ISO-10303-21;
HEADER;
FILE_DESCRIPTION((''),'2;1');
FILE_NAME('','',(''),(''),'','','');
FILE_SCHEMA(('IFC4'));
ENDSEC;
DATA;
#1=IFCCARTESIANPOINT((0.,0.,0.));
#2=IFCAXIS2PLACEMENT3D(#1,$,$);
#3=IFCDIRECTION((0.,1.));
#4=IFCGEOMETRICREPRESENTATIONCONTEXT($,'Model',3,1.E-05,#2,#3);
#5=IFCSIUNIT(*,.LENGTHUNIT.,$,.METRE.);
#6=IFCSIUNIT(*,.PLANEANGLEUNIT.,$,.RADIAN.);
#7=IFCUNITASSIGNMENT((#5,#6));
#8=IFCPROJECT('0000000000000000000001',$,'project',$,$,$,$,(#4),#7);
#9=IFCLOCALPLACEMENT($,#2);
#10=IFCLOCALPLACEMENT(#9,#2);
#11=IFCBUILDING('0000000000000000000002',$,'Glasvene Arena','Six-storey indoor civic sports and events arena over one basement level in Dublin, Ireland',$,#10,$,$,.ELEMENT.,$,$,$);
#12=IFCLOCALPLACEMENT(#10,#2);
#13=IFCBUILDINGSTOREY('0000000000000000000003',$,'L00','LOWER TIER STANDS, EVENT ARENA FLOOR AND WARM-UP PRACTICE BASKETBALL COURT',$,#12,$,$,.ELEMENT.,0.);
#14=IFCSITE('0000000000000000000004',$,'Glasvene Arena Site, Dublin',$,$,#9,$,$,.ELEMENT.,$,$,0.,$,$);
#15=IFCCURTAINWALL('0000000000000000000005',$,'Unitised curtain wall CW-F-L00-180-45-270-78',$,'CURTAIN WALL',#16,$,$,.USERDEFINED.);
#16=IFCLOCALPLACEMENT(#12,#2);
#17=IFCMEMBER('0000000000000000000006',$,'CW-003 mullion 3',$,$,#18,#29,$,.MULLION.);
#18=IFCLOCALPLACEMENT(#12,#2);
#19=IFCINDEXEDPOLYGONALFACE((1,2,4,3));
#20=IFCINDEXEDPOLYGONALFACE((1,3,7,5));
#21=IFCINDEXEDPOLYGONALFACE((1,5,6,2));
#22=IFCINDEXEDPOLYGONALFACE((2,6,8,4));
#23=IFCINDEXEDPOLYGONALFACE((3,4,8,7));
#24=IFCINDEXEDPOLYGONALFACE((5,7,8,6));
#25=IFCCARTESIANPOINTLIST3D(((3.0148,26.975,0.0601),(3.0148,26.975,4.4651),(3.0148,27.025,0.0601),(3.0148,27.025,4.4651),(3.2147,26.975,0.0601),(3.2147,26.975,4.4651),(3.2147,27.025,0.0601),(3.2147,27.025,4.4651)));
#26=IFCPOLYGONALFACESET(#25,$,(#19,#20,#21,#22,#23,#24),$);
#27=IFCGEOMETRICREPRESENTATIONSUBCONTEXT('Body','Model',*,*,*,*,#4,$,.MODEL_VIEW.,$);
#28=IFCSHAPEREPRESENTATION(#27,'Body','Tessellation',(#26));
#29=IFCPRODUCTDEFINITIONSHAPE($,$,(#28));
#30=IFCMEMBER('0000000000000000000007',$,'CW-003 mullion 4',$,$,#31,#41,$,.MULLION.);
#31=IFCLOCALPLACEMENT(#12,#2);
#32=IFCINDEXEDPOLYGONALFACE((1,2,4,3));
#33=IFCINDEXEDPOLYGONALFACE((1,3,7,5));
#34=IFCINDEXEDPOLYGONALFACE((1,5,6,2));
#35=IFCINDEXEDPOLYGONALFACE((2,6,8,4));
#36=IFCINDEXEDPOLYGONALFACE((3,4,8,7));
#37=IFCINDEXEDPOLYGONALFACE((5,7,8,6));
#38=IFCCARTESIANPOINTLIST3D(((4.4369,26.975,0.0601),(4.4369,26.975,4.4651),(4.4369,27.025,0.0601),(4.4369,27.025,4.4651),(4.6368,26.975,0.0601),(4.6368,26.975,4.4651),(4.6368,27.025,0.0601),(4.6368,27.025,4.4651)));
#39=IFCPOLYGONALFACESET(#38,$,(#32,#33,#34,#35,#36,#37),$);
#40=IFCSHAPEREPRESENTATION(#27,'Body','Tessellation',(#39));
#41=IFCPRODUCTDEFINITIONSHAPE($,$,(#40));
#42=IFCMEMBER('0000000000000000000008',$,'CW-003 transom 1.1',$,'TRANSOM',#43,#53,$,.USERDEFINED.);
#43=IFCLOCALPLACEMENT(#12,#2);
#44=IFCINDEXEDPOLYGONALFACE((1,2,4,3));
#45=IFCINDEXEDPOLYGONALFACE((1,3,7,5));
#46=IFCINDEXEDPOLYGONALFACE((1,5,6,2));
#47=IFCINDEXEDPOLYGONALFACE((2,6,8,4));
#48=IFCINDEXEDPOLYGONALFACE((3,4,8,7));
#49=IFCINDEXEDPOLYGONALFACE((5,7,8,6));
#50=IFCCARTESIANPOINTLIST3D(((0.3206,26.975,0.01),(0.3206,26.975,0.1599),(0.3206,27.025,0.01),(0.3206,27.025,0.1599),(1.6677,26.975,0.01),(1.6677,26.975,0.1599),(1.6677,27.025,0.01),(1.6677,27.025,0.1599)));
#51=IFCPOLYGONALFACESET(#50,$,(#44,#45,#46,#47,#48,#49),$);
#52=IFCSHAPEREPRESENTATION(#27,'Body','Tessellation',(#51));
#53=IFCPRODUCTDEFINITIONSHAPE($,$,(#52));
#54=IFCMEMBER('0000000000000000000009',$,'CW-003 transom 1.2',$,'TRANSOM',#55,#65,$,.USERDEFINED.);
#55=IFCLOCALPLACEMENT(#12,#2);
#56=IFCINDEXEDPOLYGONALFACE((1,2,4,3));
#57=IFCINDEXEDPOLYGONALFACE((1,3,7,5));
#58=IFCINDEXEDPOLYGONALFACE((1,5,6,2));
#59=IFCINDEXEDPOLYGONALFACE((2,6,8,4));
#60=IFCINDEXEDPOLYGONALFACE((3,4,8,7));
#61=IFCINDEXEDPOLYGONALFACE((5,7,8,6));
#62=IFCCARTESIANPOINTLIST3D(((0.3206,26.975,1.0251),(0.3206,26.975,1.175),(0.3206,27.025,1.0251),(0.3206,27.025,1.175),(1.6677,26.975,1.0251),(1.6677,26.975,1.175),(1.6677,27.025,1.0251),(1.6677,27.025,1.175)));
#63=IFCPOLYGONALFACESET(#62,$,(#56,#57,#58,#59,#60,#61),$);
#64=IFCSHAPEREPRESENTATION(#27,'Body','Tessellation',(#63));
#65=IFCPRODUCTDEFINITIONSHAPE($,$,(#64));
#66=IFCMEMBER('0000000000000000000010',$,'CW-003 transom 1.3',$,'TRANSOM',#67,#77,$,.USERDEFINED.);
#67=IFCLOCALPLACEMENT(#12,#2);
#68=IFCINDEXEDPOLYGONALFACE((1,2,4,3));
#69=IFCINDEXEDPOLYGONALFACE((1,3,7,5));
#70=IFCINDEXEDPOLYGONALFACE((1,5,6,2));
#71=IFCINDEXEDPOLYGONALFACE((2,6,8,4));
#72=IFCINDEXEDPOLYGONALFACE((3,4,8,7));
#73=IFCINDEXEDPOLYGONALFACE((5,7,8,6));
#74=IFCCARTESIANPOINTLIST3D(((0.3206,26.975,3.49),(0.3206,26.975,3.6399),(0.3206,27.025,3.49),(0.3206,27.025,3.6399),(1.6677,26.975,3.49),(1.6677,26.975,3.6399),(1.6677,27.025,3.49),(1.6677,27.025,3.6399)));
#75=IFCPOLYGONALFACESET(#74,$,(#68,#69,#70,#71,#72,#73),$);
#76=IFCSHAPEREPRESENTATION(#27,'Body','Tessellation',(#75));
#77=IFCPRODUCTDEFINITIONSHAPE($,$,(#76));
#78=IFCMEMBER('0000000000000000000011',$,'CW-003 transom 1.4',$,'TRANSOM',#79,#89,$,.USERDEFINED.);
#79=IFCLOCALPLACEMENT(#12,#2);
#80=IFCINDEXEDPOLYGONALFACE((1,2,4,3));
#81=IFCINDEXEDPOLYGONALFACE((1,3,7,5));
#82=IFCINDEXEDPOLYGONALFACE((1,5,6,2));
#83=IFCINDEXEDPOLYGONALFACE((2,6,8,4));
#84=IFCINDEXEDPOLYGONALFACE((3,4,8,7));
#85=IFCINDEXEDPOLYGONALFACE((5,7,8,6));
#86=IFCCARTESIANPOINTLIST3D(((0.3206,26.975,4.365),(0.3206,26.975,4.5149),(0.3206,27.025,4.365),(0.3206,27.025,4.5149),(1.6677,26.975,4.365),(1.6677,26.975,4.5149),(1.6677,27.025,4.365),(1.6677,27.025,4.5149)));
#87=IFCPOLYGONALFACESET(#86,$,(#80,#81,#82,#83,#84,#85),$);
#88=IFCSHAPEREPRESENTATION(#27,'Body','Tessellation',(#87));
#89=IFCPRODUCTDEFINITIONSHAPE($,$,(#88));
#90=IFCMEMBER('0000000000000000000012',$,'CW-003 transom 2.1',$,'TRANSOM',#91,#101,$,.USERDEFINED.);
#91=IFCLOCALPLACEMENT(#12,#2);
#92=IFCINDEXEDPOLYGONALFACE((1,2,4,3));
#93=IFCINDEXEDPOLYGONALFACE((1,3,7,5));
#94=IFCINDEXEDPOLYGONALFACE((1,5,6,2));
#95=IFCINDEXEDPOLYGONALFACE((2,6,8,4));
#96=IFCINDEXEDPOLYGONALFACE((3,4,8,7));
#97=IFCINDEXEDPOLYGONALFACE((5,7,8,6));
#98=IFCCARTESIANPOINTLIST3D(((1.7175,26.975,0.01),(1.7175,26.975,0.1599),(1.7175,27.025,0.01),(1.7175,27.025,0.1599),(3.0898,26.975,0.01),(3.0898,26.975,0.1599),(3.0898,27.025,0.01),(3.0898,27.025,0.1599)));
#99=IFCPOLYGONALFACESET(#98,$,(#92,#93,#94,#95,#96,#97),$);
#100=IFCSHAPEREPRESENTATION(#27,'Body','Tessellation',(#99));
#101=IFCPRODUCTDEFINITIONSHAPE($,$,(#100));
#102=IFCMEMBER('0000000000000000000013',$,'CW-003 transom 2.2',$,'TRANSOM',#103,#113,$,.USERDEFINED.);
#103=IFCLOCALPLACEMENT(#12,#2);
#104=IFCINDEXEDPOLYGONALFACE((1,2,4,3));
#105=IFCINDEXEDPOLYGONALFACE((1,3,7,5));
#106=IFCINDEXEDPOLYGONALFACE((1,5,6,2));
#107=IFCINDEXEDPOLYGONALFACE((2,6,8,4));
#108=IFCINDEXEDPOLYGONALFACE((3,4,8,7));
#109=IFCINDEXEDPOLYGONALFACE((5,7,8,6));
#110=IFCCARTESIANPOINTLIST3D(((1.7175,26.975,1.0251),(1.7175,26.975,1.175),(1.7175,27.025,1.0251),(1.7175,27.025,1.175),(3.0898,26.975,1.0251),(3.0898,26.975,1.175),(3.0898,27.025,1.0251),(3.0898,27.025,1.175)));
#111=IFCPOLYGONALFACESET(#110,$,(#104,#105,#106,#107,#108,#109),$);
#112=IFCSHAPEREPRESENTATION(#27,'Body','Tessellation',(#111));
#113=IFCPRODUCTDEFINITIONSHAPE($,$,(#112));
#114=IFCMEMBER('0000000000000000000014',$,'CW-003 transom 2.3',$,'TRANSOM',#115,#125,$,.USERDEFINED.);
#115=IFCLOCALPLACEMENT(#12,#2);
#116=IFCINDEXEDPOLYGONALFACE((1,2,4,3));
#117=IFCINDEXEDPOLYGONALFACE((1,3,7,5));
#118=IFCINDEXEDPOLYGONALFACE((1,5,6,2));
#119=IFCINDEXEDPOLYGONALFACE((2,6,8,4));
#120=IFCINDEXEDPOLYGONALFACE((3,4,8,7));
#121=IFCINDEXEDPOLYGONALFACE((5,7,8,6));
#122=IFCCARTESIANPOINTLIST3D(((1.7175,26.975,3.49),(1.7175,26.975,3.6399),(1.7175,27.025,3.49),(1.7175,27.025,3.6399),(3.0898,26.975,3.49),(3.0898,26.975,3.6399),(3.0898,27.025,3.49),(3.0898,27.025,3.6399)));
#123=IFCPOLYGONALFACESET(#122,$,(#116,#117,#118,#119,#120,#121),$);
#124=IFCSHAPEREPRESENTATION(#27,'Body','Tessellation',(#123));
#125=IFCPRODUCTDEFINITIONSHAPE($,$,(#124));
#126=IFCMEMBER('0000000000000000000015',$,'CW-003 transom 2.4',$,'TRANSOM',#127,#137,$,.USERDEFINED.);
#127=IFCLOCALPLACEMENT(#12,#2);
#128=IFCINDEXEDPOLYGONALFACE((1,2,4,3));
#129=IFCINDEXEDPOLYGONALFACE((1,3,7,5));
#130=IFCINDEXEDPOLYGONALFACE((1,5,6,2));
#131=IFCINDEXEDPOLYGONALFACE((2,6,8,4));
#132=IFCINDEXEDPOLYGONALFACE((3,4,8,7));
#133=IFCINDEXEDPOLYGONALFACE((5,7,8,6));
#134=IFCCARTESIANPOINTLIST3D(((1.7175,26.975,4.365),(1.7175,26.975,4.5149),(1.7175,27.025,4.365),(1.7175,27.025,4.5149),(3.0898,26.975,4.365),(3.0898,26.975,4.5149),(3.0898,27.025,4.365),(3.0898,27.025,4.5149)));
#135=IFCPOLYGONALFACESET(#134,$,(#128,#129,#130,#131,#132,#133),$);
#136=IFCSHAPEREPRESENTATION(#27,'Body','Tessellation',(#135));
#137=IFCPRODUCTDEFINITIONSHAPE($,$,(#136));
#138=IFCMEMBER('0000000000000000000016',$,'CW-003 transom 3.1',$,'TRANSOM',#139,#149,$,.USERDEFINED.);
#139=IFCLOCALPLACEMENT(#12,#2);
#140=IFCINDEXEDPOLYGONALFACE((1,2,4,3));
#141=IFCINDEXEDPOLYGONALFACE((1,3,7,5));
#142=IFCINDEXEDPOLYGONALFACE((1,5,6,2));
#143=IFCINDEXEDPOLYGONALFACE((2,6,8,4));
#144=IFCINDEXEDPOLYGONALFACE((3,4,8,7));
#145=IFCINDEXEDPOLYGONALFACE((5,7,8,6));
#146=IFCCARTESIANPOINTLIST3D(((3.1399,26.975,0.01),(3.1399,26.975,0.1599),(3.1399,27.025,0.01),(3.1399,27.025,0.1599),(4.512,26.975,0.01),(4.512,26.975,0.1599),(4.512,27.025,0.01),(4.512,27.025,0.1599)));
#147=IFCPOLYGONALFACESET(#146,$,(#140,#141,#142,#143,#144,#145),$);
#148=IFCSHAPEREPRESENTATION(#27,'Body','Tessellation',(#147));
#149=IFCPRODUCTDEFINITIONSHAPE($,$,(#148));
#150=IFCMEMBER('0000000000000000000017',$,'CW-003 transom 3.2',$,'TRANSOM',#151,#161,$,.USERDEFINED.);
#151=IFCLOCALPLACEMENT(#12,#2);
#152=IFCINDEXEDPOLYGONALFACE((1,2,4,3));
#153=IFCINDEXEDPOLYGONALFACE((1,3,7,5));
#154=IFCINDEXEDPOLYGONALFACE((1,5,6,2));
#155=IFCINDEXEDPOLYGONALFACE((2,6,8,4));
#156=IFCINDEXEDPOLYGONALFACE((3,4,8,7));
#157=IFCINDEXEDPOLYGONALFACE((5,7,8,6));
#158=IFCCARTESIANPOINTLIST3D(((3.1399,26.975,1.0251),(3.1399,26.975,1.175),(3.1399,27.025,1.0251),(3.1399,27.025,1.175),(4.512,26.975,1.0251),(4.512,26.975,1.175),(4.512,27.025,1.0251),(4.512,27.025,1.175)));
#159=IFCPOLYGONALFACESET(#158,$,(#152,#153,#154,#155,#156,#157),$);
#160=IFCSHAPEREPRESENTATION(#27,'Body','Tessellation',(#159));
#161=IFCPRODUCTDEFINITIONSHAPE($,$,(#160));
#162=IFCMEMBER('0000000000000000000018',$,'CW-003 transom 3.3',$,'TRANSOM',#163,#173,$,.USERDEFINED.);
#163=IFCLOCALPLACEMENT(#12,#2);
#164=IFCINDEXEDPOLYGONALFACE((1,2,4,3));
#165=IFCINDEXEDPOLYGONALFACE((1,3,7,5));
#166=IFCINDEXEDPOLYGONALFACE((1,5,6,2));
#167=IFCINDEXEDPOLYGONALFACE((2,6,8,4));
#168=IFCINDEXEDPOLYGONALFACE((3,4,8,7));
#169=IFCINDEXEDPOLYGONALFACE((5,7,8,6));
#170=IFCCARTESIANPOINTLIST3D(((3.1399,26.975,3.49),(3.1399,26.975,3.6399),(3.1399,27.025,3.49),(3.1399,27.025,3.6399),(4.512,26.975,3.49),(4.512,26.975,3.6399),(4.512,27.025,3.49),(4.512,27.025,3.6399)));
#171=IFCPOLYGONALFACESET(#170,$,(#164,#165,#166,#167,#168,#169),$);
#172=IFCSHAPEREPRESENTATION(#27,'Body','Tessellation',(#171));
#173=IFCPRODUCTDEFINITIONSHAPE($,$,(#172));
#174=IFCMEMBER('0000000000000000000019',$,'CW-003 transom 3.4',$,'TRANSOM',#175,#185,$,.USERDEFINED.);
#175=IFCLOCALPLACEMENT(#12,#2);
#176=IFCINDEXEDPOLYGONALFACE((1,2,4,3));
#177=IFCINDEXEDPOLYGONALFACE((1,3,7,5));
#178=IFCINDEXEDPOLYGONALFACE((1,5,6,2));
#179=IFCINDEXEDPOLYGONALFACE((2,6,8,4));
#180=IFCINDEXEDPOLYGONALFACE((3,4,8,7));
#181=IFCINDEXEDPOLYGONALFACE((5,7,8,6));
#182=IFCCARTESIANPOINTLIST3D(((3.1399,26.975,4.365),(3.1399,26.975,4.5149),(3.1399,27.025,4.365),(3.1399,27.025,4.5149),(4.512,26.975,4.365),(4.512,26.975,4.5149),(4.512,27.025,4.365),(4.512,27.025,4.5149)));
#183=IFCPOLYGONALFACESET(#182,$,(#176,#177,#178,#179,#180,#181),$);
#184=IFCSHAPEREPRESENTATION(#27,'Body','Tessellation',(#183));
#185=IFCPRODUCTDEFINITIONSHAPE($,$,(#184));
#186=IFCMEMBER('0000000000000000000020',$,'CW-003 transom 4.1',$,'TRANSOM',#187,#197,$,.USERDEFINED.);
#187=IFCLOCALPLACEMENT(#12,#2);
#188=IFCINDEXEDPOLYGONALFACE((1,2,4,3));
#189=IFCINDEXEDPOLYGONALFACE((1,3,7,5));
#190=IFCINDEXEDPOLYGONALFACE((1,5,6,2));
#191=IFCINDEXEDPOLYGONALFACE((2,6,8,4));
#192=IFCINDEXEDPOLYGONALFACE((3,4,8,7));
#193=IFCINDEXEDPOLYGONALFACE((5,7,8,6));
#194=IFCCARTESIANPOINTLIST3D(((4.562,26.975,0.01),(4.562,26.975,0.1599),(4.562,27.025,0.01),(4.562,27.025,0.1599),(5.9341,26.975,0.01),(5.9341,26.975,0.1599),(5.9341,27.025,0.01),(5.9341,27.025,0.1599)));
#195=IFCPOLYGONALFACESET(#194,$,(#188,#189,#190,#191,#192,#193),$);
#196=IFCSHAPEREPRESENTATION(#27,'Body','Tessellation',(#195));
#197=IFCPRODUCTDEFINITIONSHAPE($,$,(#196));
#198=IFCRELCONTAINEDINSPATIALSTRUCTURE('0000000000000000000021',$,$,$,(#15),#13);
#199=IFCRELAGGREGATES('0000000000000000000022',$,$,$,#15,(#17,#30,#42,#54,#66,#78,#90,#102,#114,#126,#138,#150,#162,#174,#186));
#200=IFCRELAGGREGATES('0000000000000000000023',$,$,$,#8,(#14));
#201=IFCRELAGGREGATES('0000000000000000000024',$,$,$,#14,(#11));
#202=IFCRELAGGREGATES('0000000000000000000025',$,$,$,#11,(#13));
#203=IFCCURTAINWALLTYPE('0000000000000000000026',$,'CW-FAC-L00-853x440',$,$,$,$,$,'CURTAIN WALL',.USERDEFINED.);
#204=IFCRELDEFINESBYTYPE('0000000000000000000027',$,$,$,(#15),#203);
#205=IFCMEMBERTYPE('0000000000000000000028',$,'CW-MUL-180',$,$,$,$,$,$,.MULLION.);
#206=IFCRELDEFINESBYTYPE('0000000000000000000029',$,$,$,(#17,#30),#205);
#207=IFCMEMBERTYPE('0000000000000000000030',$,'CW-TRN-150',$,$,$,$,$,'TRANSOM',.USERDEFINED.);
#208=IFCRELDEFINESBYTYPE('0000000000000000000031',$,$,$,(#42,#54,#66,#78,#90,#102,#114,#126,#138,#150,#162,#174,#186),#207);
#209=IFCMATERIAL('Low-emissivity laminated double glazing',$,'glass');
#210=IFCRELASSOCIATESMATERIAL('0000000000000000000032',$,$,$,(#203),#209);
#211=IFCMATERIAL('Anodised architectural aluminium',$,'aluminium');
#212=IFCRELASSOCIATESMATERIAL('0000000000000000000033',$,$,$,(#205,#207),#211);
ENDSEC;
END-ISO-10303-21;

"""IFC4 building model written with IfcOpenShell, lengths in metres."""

from ifc_helpers import new_model, si_unit, direction, frame, origin, origin_2d, place, context, subcontext, project, spatial, rectangle, extrude, material, material_profile, profile_set, type_object, element, aggregate, save


model = new_model("IFC4")

# Units and contexts
model_context = context("Model", 3, precision=1e-05, world=origin(), true_north=direction((0.0, 1.0)))
body_context = subcontext(model_context, "Body", "Model", "MODEL_VIEW")
ifc_project = project(units=[si_unit("LENGTHUNIT", "METRE"), si_unit("PLANEANGLEUNIT", "RADIAN")], contexts=[model_context])

# Site, building, storey
site_placement = place(None, origin())
site = spatial("IfcSite", under=ifc_project, at=site_placement, Name="Glasvene Arena Site, Dublin", CompositionType="ELEMENT", RefElevation=0.0)
building_placement = place(site_placement, origin())
building = spatial("IfcBuilding", under=site, at=building_placement, Name="Glasvene Arena", Description="Six-storey indoor civic sports and events arena over one basement level in Dublin, Ireland", CompositionType="ELEMENT")
storey_placement = place(building_placement, origin())
storey = spatial("IfcBuildingStorey", under=building, at=storey_placement, Name="L00", Description="LOWER TIER STANDS, EVENT ARENA FLOOR AND WARM-UP PRACTICE BASKETBALL COURT", CompositionType="ELEMENT", Elevation=0.0)

# Curtain wall, members
ifc_material_1 = material(Name="Low-emissivity laminated double glazing", Category="glass")
curtain_wall_type = type_object("IfcCurtainWallType", Name="CW-FAC-L00-853x440", ElementType="CURTAIN WALL", PredefinedType="USERDEFINED", material=ifc_material_1)
curtain_wall_placement = place(storey_placement, frame((0.2705, 27.0, 0.0)))
curtain_wall = element("IfcCurtainWall", 1, at=curtain_wall_placement, inside=storey, type_object=curtain_wall_type, Name="Unitised curtain wall CW-F-L00-180-45-270-78", ObjectType="CURTAIN WALL", PredefinedType="USERDEFINED")
ifc_material_2 = material(Name="Anodised architectural aluminium", Category="aluminium")
ifc_material_profile_1 = material_profile(ifc_material_2, rectangle(XDim=0.05, YDim=0.2, at=origin_2d()), Name="ALU MULLION 50x200")
ifc_profile_set_1 = profile_set([ifc_material_profile_1], Name="Anodised architectural aluminium")
member_type_1 = type_object("IfcMemberType", Name="CW-MUL-180", PredefinedType="MULLION", material=ifc_profile_set_1)
member_1_placement = place(storey_placement, frame((3.1147, 27.0, 0.0601), z_axis=(0.0, 0.0, 1.0), x_axis=(0.0, 1.0, 0.0)))
member_1 = element("IfcMember", 2, at=member_1_placement, type_object=member_type_1, Name="CW-003 mullion 3", PredefinedType="MULLION", context=body_context, shape_type="SweptSolid", body=[
    extrude(rectangle(XDim=0.05, YDim=0.2, at=origin_2d()), origin(), (0.0, 0.0, 1.0), 4.405),
])
member_2_placement = place(storey_placement, frame((4.5369, 27.0, 0.0601), z_axis=(0.0, 0.0, 1.0), x_axis=(0.0, 1.0, 0.0)))
member_2 = element("IfcMember", 3, at=member_2_placement, type_object=member_type_1, Name="CW-003 mullion 4", PredefinedType="MULLION", context=body_context, shape_type="SweptSolid", body=[
    extrude(rectangle(XDim=0.05, YDim=0.2, at=origin_2d()), origin(), (0.0, 0.0, 1.0), 4.405),
])
ifc_material_profile_2 = material_profile(ifc_material_2, rectangle(XDim=0.05, YDim=0.1499, at=origin_2d()), Name="ALU TRANSOM 50x150")
ifc_profile_set_2 = profile_set([ifc_material_profile_2], Name="Anodised architectural aluminium")
member_type_2 = type_object("IfcMemberType", Name="CW-TRN-150", ElementType="TRANSOM", PredefinedType="USERDEFINED", material=ifc_profile_set_2)
member_3_placement = place(storey_placement, frame((0.3206, 27.0, 0.085), z_axis=(1.0, 0.0, 0.0), x_axis=(0.0, 1.0, 0.0)))
member_3 = element("IfcMember", 4, at=member_3_placement, type_object=member_type_2, Name="CW-003 transom 1.1", ObjectType="TRANSOM", PredefinedType="USERDEFINED", context=body_context, shape_type="SweptSolid", body=[
    extrude(rectangle(XDim=0.05, YDim=0.1499, at=origin_2d()), origin(), (0.0, 0.0, 1.0), 1.3472),
])
member_4_placement = place(storey_placement, frame((0.3206, 27.0, 1.1001), z_axis=(1.0, 0.0, 0.0), x_axis=(0.0, 1.0, 0.0)))
member_4 = element("IfcMember", 5, at=member_4_placement, type_object=member_type_2, Name="CW-003 transom 1.2", ObjectType="TRANSOM", PredefinedType="USERDEFINED", context=body_context, shape_type="SweptSolid", body=[
    extrude(rectangle(XDim=0.05, YDim=0.1499, at=origin_2d()), origin(), (0.0, 0.0, 1.0), 1.3472),
])
member_5_placement = place(storey_placement, frame((0.3206, 27.0, 3.5649), z_axis=(1.0, 0.0, 0.0), x_axis=(0.0, 1.0, 0.0)))
member_5 = element("IfcMember", 6, at=member_5_placement, type_object=member_type_2, Name="CW-003 transom 1.3", ObjectType="TRANSOM", PredefinedType="USERDEFINED", context=body_context, shape_type="SweptSolid", body=[
    extrude(rectangle(XDim=0.05, YDim=0.1499, at=origin_2d()), origin(), (0.0, 0.0, 1.0), 1.3472),
])
member_6_placement = place(storey_placement, frame((0.3206, 27.0, 4.4399), z_axis=(1.0, 0.0, 0.0), x_axis=(0.0, 1.0, 0.0)))
member_6 = element("IfcMember", 7, at=member_6_placement, type_object=member_type_2, Name="CW-003 transom 1.4", ObjectType="TRANSOM", PredefinedType="USERDEFINED", context=body_context, shape_type="SweptSolid", body=[
    extrude(rectangle(XDim=0.05, YDim=0.1499, at=origin_2d()), origin(), (0.0, 0.0, 1.0), 1.3472),
])
member_7_placement = place(storey_placement, frame((1.7175, 27.0, 0.085), z_axis=(1.0, 0.0, 0.0), x_axis=(0.0, 1.0, 0.0)))
member_7 = element("IfcMember", 8, at=member_7_placement, type_object=member_type_2, Name="CW-003 transom 2.1", ObjectType="TRANSOM", PredefinedType="USERDEFINED", context=body_context, shape_type="SweptSolid", body=[
    extrude(rectangle(XDim=0.05, YDim=0.1499, at=origin_2d()), origin(), (0.0, 0.0, 1.0), 1.3723),
])
member_8_placement = place(storey_placement, frame((1.7175, 27.0, 1.1001), z_axis=(1.0, 0.0, 0.0), x_axis=(0.0, 1.0, 0.0)))
member_8 = element("IfcMember", 9, at=member_8_placement, type_object=member_type_2, Name="CW-003 transom 2.2", ObjectType="TRANSOM", PredefinedType="USERDEFINED", context=body_context, shape_type="SweptSolid", body=[
    extrude(rectangle(XDim=0.05, YDim=0.1499, at=origin_2d()), origin(), (0.0, 0.0, 1.0), 1.3723),
])
member_9_placement = place(storey_placement, frame((1.7175, 27.0, 3.5649), z_axis=(1.0, 0.0, 0.0), x_axis=(0.0, 1.0, 0.0)))
member_9 = element("IfcMember", 10, at=member_9_placement, type_object=member_type_2, Name="CW-003 transom 2.3", ObjectType="TRANSOM", PredefinedType="USERDEFINED", context=body_context, shape_type="SweptSolid", body=[
    extrude(rectangle(XDim=0.05, YDim=0.1499, at=origin_2d()), origin(), (0.0, 0.0, 1.0), 1.3723),
])
member_10_placement = place(storey_placement, frame((1.7175, 27.0, 4.4399), z_axis=(1.0, 0.0, 0.0), x_axis=(0.0, 1.0, 0.0)))
member_10 = element("IfcMember", 11, at=member_10_placement, type_object=member_type_2, Name="CW-003 transom 2.4", ObjectType="TRANSOM", PredefinedType="USERDEFINED", context=body_context, shape_type="SweptSolid", body=[
    extrude(rectangle(XDim=0.05, YDim=0.1499, at=origin_2d()), origin(), (0.0, 0.0, 1.0), 1.3723),
])
member_11_placement = place(storey_placement, frame((3.1399, 27.0, 0.085), z_axis=(1.0, 0.0, 0.0), x_axis=(0.0, 1.0, 0.0)))
member_11 = element("IfcMember", 12, at=member_11_placement, type_object=member_type_2, Name="CW-003 transom 3.1", ObjectType="TRANSOM", PredefinedType="USERDEFINED", context=body_context, shape_type="SweptSolid", body=[
    extrude(rectangle(XDim=0.05, YDim=0.1499, at=origin_2d()), origin(), (0.0, 0.0, 1.0), 1.3721),
])
member_12_placement = place(storey_placement, frame((3.1399, 27.0, 1.1001), z_axis=(1.0, 0.0, 0.0), x_axis=(0.0, 1.0, 0.0)))
member_12 = element("IfcMember", 13, at=member_12_placement, type_object=member_type_2, Name="CW-003 transom 3.2", ObjectType="TRANSOM", PredefinedType="USERDEFINED", context=body_context, shape_type="SweptSolid", body=[
    extrude(rectangle(XDim=0.05, YDim=0.1499, at=origin_2d()), origin(), (0.0, 0.0, 1.0), 1.3721),
])
member_13_placement = place(storey_placement, frame((3.1399, 27.0, 3.5649), z_axis=(1.0, 0.0, 0.0), x_axis=(0.0, 1.0, 0.0)))
member_13 = element("IfcMember", 14, at=member_13_placement, type_object=member_type_2, Name="CW-003 transom 3.3", ObjectType="TRANSOM", PredefinedType="USERDEFINED", context=body_context, shape_type="SweptSolid", body=[
    extrude(rectangle(XDim=0.05, YDim=0.1499, at=origin_2d()), origin(), (0.0, 0.0, 1.0), 1.3721),
])
member_14_placement = place(storey_placement, frame((3.1399, 27.0, 4.4399), z_axis=(1.0, 0.0, 0.0), x_axis=(0.0, 1.0, 0.0)))
member_14 = element("IfcMember", 15, at=member_14_placement, type_object=member_type_2, Name="CW-003 transom 3.4", ObjectType="TRANSOM", PredefinedType="USERDEFINED", context=body_context, shape_type="SweptSolid", body=[
    extrude(rectangle(XDim=0.05, YDim=0.1499, at=origin_2d()), origin(), (0.0, 0.0, 1.0), 1.3721),
])
member_15_placement = place(storey_placement, frame((4.562, 27.0, 0.085), z_axis=(1.0, 0.0, 0.0), x_axis=(0.0, 1.0, 0.0)))
member_15 = element("IfcMember", 16, at=member_15_placement, type_object=member_type_2, Name="CW-003 transom 4.1", ObjectType="TRANSOM", PredefinedType="USERDEFINED", context=body_context, shape_type="SweptSolid", body=[
    extrude(rectangle(XDim=0.05, YDim=0.1499, at=origin_2d()), origin(), (0.0, 0.0, 1.0), 1.3721),
])
aggregate(curtain_wall, [member_1, member_2, member_3, member_4, member_5, member_6, member_7, member_8, member_9, member_10, member_11, member_12, member_13, member_14, member_15])

save(model, "model.ifc")
